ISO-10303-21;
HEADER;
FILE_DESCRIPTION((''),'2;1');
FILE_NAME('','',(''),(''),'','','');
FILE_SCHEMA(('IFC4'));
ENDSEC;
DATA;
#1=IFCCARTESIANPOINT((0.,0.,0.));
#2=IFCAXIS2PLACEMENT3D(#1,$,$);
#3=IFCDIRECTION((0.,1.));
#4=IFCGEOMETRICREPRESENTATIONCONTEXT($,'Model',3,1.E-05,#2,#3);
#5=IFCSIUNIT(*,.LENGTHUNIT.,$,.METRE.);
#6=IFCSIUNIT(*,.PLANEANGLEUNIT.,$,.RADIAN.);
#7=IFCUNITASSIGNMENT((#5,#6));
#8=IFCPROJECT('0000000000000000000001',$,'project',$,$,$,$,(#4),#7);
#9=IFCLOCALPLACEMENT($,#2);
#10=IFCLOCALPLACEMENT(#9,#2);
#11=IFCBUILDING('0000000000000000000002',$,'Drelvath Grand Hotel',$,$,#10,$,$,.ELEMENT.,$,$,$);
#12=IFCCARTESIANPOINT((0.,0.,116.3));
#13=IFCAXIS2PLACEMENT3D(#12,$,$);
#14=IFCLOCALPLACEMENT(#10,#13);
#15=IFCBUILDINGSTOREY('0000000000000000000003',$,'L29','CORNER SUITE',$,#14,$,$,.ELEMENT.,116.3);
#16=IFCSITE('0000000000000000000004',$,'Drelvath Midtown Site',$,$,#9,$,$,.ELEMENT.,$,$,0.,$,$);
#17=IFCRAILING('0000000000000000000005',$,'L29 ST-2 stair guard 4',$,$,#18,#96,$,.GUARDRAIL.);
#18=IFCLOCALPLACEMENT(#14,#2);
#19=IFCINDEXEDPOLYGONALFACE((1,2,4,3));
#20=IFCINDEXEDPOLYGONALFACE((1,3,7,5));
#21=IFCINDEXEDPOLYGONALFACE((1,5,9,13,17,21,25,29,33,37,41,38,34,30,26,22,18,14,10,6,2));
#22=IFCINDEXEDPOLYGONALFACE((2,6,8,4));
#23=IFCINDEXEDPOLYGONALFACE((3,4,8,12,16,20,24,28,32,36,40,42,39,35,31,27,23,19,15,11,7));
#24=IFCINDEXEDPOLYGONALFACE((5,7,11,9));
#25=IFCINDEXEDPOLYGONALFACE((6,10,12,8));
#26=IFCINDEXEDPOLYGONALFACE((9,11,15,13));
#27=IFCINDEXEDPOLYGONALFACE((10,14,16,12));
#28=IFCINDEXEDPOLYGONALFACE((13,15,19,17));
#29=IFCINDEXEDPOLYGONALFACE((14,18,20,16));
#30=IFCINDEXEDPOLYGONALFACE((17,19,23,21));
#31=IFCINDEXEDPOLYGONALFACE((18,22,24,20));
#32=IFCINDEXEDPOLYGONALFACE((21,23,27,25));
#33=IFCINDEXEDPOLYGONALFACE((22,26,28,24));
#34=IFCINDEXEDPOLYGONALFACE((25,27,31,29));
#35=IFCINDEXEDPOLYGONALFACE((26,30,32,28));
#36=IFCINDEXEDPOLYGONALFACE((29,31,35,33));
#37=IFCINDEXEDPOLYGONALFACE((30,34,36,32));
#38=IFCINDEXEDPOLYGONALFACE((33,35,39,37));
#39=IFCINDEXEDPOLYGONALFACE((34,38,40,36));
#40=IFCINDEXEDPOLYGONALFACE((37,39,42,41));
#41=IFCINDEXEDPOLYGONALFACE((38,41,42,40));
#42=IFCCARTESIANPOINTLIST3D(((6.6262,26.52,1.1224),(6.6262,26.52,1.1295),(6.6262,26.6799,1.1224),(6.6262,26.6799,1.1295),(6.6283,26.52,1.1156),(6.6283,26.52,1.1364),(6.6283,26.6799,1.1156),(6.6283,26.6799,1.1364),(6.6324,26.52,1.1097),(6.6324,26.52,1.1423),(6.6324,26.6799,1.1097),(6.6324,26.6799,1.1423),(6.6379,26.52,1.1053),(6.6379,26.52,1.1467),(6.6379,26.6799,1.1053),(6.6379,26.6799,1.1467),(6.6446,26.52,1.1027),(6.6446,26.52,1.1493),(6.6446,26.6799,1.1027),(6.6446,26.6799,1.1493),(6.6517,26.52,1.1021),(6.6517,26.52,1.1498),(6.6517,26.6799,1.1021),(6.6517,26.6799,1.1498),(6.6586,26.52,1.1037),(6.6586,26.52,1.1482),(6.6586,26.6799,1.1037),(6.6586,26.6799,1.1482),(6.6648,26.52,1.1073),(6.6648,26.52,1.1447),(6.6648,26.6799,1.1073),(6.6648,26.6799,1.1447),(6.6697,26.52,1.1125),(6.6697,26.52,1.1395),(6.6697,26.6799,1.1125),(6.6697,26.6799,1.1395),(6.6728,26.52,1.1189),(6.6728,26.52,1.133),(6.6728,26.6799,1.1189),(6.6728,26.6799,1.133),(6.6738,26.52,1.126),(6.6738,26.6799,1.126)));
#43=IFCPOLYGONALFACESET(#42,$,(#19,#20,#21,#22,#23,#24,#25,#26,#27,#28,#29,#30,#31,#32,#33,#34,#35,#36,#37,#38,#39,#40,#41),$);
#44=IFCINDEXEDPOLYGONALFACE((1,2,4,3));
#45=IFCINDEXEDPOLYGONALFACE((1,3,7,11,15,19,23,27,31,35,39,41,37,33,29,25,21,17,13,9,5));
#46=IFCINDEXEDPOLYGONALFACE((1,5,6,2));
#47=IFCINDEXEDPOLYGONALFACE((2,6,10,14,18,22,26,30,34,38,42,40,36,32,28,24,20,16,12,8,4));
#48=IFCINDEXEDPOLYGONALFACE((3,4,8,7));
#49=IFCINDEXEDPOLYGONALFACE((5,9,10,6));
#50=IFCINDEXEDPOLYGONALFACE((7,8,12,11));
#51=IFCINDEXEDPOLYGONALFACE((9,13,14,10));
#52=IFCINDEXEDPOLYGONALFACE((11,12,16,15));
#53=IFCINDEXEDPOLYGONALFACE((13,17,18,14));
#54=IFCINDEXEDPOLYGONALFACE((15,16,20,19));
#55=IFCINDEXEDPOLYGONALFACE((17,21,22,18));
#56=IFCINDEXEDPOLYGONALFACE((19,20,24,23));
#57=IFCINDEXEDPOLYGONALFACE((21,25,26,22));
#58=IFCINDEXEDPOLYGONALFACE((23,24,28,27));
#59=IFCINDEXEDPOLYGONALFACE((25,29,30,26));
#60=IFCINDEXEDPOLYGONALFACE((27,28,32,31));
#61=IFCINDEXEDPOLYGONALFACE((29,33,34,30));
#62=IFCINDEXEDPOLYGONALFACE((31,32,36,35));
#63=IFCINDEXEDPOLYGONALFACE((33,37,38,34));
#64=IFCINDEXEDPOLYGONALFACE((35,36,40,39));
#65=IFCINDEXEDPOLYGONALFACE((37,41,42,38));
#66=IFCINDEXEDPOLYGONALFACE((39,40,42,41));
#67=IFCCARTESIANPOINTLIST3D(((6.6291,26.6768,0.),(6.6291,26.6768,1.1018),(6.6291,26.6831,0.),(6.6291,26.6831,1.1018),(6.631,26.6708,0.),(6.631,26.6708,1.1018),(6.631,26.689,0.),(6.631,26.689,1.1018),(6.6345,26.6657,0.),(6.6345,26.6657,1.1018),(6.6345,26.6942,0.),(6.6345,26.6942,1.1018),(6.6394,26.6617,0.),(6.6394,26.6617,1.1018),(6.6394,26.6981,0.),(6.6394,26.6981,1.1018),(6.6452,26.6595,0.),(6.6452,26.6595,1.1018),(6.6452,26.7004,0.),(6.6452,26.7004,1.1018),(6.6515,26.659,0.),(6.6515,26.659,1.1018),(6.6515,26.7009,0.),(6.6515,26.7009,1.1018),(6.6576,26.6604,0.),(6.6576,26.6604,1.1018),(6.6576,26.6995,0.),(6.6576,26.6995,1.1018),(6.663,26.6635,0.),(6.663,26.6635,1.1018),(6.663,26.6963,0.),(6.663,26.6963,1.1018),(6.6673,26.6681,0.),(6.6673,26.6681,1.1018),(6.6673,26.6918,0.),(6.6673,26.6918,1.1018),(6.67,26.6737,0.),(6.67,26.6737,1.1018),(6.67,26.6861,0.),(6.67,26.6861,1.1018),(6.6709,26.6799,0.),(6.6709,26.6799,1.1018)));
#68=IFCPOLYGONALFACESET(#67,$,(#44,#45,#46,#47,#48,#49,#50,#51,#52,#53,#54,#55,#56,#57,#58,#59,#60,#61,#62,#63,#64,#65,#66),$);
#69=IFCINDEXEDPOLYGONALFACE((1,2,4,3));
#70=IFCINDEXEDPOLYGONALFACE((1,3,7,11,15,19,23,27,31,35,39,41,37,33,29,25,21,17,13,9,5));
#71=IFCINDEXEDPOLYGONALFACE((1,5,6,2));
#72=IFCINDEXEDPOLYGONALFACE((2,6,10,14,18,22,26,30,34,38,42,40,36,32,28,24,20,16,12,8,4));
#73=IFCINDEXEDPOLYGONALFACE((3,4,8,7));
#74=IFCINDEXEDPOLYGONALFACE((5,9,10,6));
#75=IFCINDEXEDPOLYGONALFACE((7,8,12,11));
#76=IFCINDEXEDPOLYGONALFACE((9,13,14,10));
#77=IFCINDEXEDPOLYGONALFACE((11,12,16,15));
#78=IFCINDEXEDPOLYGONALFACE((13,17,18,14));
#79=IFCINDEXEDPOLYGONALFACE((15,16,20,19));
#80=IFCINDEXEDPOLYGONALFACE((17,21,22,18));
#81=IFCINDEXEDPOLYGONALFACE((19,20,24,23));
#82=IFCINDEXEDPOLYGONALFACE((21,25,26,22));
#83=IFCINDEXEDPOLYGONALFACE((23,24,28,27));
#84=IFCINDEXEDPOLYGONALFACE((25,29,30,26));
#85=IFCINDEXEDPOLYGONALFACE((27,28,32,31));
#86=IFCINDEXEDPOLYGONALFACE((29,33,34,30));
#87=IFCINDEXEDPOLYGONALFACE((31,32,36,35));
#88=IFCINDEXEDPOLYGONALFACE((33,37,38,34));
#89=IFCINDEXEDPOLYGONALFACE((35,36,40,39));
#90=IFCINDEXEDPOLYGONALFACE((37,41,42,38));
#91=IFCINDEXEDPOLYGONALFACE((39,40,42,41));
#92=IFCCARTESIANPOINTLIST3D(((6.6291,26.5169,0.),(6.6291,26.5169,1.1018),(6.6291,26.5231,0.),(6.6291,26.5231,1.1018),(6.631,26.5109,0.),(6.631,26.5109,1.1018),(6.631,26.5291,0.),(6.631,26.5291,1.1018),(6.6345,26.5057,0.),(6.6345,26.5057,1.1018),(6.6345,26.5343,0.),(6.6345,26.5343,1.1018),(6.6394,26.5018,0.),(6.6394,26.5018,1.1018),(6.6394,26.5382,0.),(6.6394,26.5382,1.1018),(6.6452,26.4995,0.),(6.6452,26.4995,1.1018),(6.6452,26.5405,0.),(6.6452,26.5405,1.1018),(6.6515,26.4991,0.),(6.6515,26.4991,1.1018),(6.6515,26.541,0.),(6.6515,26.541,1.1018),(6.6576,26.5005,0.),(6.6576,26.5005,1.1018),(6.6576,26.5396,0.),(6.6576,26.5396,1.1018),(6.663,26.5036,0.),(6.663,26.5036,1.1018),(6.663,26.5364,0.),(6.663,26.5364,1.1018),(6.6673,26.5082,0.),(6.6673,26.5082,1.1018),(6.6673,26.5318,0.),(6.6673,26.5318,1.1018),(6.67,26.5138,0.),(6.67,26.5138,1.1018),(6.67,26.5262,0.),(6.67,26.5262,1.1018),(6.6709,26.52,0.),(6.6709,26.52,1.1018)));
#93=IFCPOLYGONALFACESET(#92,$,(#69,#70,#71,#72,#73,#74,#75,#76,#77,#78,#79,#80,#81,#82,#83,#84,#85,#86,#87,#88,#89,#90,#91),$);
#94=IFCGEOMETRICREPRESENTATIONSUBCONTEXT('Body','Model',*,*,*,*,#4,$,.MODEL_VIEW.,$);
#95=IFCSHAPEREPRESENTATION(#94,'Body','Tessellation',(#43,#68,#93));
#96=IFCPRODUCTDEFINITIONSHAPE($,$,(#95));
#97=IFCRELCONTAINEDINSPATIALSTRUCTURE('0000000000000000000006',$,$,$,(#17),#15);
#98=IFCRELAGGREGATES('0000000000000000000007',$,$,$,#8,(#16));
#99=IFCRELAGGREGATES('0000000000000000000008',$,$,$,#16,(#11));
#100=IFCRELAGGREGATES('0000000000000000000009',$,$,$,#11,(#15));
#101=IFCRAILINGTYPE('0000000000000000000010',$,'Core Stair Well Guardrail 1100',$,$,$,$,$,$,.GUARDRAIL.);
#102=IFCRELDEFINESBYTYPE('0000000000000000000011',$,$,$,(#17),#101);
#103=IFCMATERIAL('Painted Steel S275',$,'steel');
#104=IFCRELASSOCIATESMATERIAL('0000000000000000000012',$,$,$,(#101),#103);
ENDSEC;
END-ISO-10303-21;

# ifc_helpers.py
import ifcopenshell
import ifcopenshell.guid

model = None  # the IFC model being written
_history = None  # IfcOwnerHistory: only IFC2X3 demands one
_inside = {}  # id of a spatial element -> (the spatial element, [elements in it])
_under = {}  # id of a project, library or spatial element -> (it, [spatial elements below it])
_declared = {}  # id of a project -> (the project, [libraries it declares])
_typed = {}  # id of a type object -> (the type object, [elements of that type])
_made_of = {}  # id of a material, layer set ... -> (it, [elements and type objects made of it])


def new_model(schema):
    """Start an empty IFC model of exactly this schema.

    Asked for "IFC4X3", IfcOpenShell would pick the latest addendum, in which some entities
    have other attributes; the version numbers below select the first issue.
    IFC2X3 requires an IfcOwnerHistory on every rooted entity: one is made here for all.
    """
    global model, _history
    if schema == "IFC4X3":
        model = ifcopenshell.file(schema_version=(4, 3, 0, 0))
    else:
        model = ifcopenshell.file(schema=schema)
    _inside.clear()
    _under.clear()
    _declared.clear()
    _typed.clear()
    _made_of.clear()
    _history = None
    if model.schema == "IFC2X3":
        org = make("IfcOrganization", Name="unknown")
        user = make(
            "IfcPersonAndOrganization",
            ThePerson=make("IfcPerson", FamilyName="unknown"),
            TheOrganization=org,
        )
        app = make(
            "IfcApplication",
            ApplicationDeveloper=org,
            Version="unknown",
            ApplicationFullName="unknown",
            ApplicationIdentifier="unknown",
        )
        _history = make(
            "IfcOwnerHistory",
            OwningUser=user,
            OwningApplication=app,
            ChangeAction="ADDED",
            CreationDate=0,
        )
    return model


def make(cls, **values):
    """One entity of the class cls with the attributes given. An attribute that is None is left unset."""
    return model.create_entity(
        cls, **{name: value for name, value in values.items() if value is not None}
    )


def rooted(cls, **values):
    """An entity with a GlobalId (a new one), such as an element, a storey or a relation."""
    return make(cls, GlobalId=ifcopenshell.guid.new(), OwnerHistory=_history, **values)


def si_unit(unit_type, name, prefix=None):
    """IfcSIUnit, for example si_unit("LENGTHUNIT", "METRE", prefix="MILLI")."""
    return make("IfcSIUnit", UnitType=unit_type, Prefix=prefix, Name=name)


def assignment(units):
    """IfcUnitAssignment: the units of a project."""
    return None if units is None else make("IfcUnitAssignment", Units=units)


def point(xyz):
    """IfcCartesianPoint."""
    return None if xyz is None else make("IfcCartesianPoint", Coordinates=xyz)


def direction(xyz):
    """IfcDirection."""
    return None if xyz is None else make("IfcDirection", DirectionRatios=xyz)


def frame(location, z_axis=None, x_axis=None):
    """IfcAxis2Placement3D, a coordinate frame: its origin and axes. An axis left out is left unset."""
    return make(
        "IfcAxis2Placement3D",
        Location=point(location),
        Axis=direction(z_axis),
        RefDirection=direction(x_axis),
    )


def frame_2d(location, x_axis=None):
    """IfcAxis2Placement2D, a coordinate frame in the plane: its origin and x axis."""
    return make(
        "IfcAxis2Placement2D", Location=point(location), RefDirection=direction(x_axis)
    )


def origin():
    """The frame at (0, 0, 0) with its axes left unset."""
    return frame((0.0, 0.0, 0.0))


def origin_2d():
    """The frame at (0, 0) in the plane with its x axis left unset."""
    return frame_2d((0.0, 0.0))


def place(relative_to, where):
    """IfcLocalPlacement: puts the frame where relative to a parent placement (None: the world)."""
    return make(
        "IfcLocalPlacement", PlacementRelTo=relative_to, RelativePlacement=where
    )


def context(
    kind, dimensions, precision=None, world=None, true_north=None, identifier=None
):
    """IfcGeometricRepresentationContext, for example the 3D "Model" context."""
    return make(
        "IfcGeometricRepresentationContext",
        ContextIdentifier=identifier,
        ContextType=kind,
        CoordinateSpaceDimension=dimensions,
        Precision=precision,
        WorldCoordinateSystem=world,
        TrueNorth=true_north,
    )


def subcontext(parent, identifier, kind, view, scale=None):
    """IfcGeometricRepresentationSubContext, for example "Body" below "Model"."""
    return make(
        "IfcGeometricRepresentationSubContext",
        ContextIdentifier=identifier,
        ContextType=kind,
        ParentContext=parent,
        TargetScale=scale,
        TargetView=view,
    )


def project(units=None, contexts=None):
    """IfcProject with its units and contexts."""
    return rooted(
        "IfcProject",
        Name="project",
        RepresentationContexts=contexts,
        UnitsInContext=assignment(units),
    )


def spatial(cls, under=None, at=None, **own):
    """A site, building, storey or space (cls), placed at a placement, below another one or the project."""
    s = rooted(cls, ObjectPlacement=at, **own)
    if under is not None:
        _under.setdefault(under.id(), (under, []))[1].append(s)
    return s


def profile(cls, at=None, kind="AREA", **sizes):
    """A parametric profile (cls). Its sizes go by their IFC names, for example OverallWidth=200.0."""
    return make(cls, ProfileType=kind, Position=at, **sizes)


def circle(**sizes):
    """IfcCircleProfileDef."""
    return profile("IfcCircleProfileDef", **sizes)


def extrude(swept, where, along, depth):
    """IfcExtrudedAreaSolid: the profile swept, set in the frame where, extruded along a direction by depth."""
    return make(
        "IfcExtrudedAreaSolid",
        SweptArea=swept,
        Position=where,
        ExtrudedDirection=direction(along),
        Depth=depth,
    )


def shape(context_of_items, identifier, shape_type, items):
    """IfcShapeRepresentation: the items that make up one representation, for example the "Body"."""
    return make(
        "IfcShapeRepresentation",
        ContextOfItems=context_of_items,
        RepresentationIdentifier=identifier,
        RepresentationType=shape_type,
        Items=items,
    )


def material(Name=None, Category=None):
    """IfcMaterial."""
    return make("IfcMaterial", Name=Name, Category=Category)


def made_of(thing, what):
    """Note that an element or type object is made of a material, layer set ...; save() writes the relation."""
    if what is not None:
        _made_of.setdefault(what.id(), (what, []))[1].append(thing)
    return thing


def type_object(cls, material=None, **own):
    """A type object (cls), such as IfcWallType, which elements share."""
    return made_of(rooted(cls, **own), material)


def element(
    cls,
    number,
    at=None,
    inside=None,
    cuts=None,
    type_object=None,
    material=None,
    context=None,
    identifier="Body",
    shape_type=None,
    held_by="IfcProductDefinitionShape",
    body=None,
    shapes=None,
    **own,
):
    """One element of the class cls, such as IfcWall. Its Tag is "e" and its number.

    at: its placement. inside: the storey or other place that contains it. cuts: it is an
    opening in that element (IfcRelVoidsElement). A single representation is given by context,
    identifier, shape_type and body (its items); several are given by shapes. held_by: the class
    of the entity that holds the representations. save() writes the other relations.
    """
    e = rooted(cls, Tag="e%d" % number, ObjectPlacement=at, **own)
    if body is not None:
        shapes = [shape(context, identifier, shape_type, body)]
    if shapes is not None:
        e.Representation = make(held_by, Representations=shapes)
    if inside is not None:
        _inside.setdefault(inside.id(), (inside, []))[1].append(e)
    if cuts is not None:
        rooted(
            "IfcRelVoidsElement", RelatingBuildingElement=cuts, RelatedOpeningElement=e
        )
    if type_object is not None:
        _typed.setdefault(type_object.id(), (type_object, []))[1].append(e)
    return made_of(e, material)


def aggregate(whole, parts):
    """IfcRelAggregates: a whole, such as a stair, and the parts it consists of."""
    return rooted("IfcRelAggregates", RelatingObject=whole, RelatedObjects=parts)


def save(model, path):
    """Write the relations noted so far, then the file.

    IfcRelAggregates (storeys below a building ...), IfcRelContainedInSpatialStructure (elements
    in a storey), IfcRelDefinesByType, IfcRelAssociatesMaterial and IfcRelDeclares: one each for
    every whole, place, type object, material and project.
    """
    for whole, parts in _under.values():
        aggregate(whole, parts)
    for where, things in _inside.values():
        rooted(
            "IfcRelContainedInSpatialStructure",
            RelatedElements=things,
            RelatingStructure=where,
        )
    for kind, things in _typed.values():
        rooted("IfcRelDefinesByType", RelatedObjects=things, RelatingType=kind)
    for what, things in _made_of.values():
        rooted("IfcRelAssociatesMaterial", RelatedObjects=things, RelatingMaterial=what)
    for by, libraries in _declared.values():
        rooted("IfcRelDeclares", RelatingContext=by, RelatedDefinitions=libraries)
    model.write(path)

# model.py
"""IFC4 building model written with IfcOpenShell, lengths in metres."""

from ifc_helpers import new_model, si_unit, direction, frame, origin, origin_2d, place, context, subcontext, project, spatial, circle, extrude, material, type_object, element, save


model = new_model("IFC4")

# Units and contexts
model_context = context("Model", 3, precision=1e-05, world=origin(), true_north=direction((0.0, 1.0)))
body_context = subcontext(model_context, "Body", "Model", "MODEL_VIEW")
ifc_project = project(units=[si_unit("LENGTHUNIT", "METRE"), si_unit("PLANEANGLEUNIT", "RADIAN")], contexts=[model_context])

# Site, building, storey
site_placement = place(None, origin())
site = spatial("IfcSite", under=ifc_project, at=site_placement, Name="Drelvath Midtown Site", CompositionType="ELEMENT", RefElevation=0.0)
building_placement = place(site_placement, origin())
building = spatial("IfcBuilding", under=site, at=building_placement, Name="Drelvath Grand Hotel", CompositionType="ELEMENT")
storey_placement = place(building_placement, frame((0.0, 0.0, 116.3)))
storey = spatial("IfcBuildingStorey", under=building, at=storey_placement, Name="L29", Description="CORNER SUITE", CompositionType="ELEMENT", Elevation=116.3)

# Railing
ifc_material_1 = material(Name="Painted Steel S275", Category="steel")
railing_type_1 = type_object("IfcRailingType", Name="Core Stair Well Guardrail 1100", PredefinedType="GUARDRAIL", material=ifc_material_1)
railing_1_placement = place(storey_placement, frame((6.6499, 26.6799, 0.0)))
element("IfcRailing", 1, at=railing_1_placement, inside=storey, type_object=railing_type_1, Name="L29 ST-2 stair guard 4", PredefinedType="GUARDRAIL", context=body_context, shape_type="SweptSolid", body=[
    extrude(circle(Radius=0.0239, at=origin_2d()), frame((0.0, 0.0, 1.126), z_axis=(0.0, -1.0, 0.0), x_axis=(1.0, 0.0, 0.0)), (0.0, 0.0, 1.0), 0.1599),
    extrude(circle(Radius=0.021, at=origin_2d()), origin(), (0.0, 0.0, 1.0), 1.1018),
    extrude(circle(Radius=0.021, at=origin_2d()), frame((0.0, -0.1599, 0.0)), (0.0, 0.0, 1.0), 1.1018),
])

save(model, "model.ifc")
